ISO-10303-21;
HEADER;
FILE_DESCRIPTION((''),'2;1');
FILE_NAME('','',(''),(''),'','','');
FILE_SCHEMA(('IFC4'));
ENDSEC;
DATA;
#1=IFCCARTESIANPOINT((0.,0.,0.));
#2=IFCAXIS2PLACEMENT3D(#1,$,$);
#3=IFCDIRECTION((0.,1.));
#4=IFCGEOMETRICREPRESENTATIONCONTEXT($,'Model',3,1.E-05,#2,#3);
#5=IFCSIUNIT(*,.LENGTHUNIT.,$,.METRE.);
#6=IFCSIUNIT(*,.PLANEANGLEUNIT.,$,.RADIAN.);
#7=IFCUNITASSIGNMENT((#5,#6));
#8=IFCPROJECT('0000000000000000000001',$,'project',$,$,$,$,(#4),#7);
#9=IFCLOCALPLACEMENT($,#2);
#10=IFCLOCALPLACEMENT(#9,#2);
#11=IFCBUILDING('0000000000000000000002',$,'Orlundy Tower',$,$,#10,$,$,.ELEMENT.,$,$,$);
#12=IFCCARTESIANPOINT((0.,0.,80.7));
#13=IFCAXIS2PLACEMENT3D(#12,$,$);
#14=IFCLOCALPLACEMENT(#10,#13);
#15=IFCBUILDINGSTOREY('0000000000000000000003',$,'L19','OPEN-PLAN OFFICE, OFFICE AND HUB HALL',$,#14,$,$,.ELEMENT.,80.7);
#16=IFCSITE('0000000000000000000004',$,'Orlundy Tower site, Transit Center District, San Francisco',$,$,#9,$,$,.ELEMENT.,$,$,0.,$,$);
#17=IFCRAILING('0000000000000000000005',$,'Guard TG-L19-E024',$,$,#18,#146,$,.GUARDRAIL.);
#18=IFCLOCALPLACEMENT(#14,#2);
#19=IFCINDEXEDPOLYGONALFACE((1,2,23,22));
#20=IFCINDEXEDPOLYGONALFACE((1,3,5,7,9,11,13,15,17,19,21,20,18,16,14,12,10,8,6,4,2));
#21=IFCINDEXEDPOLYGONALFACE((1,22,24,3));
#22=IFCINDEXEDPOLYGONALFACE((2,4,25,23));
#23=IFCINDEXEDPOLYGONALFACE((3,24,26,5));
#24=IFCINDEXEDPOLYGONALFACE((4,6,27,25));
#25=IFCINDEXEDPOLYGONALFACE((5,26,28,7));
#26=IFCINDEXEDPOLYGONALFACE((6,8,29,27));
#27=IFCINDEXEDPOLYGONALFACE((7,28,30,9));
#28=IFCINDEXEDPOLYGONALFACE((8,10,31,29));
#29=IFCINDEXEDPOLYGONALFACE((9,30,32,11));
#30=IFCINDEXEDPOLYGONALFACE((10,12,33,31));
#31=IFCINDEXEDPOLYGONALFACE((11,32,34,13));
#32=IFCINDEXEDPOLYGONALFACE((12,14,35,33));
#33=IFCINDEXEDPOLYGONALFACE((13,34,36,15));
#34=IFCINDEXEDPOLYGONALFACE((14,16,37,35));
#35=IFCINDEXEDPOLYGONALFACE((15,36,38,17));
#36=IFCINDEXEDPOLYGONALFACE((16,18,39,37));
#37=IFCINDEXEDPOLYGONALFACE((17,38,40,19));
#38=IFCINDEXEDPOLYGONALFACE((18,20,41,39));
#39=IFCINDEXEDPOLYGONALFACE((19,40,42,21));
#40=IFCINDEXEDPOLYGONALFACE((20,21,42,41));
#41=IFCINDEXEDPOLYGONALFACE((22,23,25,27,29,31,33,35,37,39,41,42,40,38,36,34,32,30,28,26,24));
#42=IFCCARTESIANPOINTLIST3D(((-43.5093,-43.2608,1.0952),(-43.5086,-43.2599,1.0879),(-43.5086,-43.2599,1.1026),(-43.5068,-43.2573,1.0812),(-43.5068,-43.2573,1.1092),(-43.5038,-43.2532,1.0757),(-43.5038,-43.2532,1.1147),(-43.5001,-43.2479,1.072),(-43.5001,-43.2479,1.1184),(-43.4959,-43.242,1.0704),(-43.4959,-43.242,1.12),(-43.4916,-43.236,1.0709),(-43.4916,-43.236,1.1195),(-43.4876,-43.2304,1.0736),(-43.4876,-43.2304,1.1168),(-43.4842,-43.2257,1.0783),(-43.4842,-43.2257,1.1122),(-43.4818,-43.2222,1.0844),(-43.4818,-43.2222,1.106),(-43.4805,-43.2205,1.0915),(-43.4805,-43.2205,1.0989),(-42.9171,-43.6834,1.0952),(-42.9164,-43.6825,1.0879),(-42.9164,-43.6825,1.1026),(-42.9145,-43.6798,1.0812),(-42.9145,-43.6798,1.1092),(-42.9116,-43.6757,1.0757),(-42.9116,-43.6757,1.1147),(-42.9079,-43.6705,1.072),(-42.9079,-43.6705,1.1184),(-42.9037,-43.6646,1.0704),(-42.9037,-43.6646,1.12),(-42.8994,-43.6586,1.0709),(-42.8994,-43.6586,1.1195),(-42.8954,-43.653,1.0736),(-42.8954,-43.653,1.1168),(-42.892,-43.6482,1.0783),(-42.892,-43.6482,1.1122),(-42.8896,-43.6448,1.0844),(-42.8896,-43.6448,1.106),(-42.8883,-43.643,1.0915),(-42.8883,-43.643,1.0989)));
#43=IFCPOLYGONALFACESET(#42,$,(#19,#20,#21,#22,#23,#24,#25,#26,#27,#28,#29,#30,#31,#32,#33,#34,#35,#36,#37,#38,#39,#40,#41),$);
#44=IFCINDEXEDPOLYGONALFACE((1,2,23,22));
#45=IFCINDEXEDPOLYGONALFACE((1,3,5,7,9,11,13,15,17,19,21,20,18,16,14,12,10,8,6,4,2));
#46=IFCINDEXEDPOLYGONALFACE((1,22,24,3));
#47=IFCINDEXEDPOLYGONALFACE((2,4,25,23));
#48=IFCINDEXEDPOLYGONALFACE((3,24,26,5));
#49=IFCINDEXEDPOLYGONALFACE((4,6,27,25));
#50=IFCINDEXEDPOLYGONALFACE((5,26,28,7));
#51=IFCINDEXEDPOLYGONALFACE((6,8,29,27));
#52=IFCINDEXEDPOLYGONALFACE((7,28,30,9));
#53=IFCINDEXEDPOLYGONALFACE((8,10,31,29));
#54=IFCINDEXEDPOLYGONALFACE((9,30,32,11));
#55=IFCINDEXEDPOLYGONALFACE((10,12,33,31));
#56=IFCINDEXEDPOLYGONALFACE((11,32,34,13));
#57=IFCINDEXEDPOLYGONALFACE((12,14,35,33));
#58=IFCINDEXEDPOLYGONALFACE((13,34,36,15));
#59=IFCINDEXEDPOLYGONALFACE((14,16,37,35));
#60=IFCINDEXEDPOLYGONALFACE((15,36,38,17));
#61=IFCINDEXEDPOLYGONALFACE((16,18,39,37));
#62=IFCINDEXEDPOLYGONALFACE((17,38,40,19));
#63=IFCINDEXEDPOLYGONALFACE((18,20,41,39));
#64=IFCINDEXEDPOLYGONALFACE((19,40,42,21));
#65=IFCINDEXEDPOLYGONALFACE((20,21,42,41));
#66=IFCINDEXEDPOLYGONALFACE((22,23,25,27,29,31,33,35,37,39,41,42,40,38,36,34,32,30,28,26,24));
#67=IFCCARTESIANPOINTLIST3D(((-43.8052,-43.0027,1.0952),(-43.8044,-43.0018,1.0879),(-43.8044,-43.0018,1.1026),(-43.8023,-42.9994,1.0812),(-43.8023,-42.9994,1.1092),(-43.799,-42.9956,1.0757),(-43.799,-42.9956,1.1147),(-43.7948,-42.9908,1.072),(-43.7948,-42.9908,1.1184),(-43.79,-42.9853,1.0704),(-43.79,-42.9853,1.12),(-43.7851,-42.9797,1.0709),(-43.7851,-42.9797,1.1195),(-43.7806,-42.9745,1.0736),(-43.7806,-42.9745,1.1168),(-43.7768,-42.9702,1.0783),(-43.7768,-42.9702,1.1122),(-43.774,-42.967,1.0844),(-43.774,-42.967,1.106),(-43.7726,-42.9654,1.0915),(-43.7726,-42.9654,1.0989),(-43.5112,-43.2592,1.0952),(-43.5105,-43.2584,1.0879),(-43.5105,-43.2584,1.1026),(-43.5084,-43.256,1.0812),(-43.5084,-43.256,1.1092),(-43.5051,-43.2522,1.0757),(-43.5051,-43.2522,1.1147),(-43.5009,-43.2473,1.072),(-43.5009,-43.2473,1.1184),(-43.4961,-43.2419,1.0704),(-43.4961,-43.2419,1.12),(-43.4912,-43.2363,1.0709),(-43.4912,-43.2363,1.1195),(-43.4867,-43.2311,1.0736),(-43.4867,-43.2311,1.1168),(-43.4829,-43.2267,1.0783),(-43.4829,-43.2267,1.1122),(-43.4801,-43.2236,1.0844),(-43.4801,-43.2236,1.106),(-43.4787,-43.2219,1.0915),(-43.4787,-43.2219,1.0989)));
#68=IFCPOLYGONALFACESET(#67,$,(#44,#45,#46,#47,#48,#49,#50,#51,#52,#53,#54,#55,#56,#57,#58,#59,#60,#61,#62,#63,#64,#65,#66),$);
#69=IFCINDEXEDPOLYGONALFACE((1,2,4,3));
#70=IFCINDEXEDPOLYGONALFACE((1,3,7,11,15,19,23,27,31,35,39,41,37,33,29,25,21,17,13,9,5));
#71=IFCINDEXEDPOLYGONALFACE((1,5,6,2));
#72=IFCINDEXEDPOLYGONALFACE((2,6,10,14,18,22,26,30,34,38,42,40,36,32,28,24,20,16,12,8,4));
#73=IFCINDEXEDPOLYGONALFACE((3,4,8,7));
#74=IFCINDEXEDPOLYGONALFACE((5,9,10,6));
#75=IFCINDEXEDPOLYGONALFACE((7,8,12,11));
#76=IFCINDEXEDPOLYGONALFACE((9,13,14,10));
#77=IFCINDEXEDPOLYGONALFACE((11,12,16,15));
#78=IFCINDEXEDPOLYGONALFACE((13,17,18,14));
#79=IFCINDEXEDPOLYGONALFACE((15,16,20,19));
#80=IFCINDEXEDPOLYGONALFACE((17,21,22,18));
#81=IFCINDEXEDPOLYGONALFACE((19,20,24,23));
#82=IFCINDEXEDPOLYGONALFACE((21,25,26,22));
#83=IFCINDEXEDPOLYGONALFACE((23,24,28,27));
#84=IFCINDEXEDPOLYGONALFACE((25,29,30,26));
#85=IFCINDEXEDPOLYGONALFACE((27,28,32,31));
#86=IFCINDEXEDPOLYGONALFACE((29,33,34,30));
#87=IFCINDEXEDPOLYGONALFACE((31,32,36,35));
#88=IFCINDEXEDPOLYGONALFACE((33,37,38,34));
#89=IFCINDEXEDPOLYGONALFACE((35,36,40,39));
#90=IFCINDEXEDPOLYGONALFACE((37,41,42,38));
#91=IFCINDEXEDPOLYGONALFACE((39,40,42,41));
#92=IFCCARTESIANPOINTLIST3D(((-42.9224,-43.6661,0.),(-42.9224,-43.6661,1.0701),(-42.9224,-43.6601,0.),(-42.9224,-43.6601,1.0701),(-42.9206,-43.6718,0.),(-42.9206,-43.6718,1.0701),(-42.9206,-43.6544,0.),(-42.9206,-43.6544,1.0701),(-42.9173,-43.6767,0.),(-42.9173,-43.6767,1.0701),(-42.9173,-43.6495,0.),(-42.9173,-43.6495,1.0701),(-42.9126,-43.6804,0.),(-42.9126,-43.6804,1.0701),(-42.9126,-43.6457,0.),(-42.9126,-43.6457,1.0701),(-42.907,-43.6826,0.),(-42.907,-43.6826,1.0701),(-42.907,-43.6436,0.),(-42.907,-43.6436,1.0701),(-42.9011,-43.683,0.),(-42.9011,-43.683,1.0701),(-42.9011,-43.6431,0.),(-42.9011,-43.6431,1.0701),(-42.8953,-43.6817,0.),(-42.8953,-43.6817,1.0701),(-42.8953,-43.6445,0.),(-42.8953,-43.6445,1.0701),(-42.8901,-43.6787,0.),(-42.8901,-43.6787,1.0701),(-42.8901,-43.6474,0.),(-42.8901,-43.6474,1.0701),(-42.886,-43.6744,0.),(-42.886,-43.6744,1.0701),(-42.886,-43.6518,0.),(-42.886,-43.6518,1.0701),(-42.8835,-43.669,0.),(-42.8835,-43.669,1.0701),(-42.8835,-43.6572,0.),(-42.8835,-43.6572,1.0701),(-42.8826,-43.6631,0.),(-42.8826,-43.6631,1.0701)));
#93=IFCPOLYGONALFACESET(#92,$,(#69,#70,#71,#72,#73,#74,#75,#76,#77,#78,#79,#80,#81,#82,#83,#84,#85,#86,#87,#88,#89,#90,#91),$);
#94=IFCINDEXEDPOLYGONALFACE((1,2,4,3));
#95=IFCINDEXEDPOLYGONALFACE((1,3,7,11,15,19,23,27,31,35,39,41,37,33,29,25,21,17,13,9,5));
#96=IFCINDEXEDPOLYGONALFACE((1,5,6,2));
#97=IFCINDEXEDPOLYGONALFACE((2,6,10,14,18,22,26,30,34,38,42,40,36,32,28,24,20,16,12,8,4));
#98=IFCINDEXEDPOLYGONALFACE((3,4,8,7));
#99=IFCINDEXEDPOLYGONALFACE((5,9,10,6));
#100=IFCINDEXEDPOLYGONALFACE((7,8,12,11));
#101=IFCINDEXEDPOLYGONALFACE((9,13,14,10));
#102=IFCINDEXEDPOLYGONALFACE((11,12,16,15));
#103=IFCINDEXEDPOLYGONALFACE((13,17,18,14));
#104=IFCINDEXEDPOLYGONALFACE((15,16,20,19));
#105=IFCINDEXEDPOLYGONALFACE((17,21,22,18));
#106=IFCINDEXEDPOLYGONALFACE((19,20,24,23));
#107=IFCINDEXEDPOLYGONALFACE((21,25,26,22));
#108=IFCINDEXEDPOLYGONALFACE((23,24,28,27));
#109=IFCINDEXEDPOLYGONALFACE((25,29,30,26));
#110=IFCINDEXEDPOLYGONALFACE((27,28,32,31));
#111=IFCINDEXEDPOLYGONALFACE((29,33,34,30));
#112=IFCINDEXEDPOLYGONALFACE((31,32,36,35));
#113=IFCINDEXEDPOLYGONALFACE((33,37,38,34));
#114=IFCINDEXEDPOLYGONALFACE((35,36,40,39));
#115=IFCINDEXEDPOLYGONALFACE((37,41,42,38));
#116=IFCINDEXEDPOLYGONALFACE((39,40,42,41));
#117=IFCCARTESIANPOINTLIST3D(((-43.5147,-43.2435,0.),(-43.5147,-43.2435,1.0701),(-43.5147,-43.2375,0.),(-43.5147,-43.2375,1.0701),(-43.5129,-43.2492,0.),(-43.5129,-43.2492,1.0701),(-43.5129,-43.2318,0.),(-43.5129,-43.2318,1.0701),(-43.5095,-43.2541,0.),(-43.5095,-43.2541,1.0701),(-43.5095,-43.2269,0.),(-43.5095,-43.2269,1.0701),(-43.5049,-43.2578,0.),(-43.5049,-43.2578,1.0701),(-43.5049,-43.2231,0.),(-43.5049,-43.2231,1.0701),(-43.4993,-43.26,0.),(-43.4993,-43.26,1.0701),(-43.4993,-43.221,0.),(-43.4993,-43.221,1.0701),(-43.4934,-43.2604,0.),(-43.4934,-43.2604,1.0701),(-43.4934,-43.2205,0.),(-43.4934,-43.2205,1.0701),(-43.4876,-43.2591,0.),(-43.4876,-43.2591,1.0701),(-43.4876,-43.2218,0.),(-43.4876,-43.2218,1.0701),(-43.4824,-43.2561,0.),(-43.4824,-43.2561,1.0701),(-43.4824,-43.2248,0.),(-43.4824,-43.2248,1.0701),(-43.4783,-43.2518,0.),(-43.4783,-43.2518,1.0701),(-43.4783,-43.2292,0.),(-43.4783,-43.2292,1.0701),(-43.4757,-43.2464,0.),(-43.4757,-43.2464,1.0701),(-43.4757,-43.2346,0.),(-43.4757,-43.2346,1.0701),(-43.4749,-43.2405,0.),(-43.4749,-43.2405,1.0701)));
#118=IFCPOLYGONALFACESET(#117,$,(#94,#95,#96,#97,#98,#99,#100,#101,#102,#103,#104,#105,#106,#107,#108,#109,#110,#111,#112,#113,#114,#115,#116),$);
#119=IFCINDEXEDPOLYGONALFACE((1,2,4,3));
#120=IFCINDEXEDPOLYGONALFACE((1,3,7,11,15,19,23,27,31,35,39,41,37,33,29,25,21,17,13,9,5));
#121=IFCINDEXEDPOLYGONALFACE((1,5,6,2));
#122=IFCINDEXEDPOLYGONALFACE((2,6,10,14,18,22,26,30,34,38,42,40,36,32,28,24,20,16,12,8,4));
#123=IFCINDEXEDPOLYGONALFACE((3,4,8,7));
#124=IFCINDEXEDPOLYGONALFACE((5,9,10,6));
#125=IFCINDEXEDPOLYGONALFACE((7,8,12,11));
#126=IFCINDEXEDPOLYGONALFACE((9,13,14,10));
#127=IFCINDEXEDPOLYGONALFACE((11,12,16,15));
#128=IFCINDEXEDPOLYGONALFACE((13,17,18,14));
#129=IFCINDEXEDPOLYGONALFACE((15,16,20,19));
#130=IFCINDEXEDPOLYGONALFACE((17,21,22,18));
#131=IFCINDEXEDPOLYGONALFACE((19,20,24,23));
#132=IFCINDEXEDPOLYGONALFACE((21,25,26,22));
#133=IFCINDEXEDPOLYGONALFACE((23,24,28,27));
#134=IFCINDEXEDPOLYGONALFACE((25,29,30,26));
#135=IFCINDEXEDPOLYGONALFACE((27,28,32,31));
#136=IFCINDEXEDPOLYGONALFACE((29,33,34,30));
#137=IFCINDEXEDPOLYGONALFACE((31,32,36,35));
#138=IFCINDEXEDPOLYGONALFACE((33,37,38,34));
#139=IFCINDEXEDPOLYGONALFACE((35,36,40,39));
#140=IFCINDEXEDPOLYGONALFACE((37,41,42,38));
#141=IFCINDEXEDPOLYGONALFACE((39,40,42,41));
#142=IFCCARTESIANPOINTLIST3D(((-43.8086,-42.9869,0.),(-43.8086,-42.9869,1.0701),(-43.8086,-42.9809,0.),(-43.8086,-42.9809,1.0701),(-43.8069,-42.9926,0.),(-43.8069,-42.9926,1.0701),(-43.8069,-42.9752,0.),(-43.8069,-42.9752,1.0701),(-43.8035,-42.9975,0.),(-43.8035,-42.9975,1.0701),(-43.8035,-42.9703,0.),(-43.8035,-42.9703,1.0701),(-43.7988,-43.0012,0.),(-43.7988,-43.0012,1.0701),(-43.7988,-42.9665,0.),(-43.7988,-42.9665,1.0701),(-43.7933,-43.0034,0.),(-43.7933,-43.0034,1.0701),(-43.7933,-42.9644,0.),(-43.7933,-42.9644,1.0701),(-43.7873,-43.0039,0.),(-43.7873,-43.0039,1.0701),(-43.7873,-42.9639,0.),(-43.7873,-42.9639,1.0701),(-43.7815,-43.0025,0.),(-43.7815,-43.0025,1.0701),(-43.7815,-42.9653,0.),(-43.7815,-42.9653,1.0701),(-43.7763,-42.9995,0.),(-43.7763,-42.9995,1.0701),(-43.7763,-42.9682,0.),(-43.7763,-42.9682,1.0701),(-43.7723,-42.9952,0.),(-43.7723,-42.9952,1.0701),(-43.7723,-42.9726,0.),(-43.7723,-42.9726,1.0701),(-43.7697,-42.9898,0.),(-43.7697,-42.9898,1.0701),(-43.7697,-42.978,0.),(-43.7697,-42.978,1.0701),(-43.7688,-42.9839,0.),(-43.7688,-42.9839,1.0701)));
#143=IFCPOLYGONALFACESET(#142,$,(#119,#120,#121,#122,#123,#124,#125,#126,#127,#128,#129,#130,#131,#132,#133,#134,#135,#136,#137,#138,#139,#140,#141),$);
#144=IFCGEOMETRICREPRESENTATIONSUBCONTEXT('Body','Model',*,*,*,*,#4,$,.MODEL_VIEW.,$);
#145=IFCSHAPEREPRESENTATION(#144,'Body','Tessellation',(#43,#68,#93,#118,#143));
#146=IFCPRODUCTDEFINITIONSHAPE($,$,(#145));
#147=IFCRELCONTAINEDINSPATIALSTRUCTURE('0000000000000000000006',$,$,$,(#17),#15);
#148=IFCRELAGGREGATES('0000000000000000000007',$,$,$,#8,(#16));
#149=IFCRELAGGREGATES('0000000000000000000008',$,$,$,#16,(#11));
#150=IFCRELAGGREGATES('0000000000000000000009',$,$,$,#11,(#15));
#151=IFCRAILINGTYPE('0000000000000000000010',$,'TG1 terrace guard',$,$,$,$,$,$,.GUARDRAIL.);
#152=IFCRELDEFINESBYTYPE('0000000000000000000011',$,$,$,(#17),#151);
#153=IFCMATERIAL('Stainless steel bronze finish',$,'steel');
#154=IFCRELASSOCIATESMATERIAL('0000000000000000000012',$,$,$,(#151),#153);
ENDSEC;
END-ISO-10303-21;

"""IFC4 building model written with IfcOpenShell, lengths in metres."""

from ifc_helpers import new_model, si_unit, direction, frame, origin, origin_2d, place, context, subcontext, project, spatial, circle, extrude, material, type_object, element, save


model = new_model("IFC4")

# Units and contexts
model_context = context("Model", 3, precision=1e-05, world=origin(), true_north=direction((0.0, 1.0)))
body_context = subcontext(model_context, "Body", "Model", "MODEL_VIEW")
ifc_project = project(units=[si_unit("LENGTHUNIT", "METRE"), si_unit("PLANEANGLEUNIT", "RADIAN")], contexts=[model_context])

# Site, building, storey
site_placement = place(None, origin())
site = spatial("IfcSite", under=ifc_project, at=site_placement, Name="Orlundy Tower site, Transit Center District, San Francisco", CompositionType="ELEMENT", RefElevation=0.0)
building_placement = place(site_placement, origin())
building = spatial("IfcBuilding", under=site, at=building_placement, Name="Orlundy Tower", CompositionType="ELEMENT")
storey_placement = place(building_placement, frame((0.0, 0.0, 80.7)))
storey = spatial("IfcBuildingStorey", under=building, at=storey_placement, Name="L19", Description="OPEN-PLAN OFFICE, OFFICE AND HUB HALL", CompositionType="ELEMENT", Elevation=80.7)

# Railing
ifc_material_1 = material(Name="Stainless steel bronze finish", Category="steel")
railing_type = type_object("IfcRailingType", Name="TG1 terrace guard", PredefinedType="GUARDRAIL", material=ifc_material_1)
railing_1_placement = place(storey_placement, frame((-42.9026, -43.6631, 0.0)))
element("IfcRailing", 1, at=railing_1_placement, inside=storey, type_object=railing_type, Name="Guard TG-L19-E024", PredefinedType="GUARDRAIL", context=body_context, shape_type="SweptSolid", body=[
    extrude(circle(Radius=0.0249, at=origin_2d()), frame((0.0, 0.0, 1.0952), z_axis=(-0.814028, 0.580825, 0.0), x_axis=(-0.580825, -0.814028, 0.0)), (0.0, 0.0, 1.0), 0.7275),
    extrude(circle(Radius=0.0249, at=origin_2d()), frame((-0.5923, 0.4226, 1.0952), z_axis=(-0.753351, 0.657618, 0.0), x_axis=(-0.657618, -0.753351, 0.0)), (0.0, 0.0, 1.0), 0.3901),
    extrude(circle(Radius=0.02, at=origin_2d()), origin(), (0.0, 0.0, 1.0), 1.0701),
    extrude(circle(Radius=0.02, at=origin_2d()), frame((-0.5923, 0.4226, 0.0)), (0.0, 0.0, 1.0), 1.0701),
    extrude(circle(Radius=0.02, at=origin_2d()), frame((-0.8862, 0.6792, 0.0)), (0.0, 0.0, 1.0), 1.0701),
])

save(model, "model.ifc")
